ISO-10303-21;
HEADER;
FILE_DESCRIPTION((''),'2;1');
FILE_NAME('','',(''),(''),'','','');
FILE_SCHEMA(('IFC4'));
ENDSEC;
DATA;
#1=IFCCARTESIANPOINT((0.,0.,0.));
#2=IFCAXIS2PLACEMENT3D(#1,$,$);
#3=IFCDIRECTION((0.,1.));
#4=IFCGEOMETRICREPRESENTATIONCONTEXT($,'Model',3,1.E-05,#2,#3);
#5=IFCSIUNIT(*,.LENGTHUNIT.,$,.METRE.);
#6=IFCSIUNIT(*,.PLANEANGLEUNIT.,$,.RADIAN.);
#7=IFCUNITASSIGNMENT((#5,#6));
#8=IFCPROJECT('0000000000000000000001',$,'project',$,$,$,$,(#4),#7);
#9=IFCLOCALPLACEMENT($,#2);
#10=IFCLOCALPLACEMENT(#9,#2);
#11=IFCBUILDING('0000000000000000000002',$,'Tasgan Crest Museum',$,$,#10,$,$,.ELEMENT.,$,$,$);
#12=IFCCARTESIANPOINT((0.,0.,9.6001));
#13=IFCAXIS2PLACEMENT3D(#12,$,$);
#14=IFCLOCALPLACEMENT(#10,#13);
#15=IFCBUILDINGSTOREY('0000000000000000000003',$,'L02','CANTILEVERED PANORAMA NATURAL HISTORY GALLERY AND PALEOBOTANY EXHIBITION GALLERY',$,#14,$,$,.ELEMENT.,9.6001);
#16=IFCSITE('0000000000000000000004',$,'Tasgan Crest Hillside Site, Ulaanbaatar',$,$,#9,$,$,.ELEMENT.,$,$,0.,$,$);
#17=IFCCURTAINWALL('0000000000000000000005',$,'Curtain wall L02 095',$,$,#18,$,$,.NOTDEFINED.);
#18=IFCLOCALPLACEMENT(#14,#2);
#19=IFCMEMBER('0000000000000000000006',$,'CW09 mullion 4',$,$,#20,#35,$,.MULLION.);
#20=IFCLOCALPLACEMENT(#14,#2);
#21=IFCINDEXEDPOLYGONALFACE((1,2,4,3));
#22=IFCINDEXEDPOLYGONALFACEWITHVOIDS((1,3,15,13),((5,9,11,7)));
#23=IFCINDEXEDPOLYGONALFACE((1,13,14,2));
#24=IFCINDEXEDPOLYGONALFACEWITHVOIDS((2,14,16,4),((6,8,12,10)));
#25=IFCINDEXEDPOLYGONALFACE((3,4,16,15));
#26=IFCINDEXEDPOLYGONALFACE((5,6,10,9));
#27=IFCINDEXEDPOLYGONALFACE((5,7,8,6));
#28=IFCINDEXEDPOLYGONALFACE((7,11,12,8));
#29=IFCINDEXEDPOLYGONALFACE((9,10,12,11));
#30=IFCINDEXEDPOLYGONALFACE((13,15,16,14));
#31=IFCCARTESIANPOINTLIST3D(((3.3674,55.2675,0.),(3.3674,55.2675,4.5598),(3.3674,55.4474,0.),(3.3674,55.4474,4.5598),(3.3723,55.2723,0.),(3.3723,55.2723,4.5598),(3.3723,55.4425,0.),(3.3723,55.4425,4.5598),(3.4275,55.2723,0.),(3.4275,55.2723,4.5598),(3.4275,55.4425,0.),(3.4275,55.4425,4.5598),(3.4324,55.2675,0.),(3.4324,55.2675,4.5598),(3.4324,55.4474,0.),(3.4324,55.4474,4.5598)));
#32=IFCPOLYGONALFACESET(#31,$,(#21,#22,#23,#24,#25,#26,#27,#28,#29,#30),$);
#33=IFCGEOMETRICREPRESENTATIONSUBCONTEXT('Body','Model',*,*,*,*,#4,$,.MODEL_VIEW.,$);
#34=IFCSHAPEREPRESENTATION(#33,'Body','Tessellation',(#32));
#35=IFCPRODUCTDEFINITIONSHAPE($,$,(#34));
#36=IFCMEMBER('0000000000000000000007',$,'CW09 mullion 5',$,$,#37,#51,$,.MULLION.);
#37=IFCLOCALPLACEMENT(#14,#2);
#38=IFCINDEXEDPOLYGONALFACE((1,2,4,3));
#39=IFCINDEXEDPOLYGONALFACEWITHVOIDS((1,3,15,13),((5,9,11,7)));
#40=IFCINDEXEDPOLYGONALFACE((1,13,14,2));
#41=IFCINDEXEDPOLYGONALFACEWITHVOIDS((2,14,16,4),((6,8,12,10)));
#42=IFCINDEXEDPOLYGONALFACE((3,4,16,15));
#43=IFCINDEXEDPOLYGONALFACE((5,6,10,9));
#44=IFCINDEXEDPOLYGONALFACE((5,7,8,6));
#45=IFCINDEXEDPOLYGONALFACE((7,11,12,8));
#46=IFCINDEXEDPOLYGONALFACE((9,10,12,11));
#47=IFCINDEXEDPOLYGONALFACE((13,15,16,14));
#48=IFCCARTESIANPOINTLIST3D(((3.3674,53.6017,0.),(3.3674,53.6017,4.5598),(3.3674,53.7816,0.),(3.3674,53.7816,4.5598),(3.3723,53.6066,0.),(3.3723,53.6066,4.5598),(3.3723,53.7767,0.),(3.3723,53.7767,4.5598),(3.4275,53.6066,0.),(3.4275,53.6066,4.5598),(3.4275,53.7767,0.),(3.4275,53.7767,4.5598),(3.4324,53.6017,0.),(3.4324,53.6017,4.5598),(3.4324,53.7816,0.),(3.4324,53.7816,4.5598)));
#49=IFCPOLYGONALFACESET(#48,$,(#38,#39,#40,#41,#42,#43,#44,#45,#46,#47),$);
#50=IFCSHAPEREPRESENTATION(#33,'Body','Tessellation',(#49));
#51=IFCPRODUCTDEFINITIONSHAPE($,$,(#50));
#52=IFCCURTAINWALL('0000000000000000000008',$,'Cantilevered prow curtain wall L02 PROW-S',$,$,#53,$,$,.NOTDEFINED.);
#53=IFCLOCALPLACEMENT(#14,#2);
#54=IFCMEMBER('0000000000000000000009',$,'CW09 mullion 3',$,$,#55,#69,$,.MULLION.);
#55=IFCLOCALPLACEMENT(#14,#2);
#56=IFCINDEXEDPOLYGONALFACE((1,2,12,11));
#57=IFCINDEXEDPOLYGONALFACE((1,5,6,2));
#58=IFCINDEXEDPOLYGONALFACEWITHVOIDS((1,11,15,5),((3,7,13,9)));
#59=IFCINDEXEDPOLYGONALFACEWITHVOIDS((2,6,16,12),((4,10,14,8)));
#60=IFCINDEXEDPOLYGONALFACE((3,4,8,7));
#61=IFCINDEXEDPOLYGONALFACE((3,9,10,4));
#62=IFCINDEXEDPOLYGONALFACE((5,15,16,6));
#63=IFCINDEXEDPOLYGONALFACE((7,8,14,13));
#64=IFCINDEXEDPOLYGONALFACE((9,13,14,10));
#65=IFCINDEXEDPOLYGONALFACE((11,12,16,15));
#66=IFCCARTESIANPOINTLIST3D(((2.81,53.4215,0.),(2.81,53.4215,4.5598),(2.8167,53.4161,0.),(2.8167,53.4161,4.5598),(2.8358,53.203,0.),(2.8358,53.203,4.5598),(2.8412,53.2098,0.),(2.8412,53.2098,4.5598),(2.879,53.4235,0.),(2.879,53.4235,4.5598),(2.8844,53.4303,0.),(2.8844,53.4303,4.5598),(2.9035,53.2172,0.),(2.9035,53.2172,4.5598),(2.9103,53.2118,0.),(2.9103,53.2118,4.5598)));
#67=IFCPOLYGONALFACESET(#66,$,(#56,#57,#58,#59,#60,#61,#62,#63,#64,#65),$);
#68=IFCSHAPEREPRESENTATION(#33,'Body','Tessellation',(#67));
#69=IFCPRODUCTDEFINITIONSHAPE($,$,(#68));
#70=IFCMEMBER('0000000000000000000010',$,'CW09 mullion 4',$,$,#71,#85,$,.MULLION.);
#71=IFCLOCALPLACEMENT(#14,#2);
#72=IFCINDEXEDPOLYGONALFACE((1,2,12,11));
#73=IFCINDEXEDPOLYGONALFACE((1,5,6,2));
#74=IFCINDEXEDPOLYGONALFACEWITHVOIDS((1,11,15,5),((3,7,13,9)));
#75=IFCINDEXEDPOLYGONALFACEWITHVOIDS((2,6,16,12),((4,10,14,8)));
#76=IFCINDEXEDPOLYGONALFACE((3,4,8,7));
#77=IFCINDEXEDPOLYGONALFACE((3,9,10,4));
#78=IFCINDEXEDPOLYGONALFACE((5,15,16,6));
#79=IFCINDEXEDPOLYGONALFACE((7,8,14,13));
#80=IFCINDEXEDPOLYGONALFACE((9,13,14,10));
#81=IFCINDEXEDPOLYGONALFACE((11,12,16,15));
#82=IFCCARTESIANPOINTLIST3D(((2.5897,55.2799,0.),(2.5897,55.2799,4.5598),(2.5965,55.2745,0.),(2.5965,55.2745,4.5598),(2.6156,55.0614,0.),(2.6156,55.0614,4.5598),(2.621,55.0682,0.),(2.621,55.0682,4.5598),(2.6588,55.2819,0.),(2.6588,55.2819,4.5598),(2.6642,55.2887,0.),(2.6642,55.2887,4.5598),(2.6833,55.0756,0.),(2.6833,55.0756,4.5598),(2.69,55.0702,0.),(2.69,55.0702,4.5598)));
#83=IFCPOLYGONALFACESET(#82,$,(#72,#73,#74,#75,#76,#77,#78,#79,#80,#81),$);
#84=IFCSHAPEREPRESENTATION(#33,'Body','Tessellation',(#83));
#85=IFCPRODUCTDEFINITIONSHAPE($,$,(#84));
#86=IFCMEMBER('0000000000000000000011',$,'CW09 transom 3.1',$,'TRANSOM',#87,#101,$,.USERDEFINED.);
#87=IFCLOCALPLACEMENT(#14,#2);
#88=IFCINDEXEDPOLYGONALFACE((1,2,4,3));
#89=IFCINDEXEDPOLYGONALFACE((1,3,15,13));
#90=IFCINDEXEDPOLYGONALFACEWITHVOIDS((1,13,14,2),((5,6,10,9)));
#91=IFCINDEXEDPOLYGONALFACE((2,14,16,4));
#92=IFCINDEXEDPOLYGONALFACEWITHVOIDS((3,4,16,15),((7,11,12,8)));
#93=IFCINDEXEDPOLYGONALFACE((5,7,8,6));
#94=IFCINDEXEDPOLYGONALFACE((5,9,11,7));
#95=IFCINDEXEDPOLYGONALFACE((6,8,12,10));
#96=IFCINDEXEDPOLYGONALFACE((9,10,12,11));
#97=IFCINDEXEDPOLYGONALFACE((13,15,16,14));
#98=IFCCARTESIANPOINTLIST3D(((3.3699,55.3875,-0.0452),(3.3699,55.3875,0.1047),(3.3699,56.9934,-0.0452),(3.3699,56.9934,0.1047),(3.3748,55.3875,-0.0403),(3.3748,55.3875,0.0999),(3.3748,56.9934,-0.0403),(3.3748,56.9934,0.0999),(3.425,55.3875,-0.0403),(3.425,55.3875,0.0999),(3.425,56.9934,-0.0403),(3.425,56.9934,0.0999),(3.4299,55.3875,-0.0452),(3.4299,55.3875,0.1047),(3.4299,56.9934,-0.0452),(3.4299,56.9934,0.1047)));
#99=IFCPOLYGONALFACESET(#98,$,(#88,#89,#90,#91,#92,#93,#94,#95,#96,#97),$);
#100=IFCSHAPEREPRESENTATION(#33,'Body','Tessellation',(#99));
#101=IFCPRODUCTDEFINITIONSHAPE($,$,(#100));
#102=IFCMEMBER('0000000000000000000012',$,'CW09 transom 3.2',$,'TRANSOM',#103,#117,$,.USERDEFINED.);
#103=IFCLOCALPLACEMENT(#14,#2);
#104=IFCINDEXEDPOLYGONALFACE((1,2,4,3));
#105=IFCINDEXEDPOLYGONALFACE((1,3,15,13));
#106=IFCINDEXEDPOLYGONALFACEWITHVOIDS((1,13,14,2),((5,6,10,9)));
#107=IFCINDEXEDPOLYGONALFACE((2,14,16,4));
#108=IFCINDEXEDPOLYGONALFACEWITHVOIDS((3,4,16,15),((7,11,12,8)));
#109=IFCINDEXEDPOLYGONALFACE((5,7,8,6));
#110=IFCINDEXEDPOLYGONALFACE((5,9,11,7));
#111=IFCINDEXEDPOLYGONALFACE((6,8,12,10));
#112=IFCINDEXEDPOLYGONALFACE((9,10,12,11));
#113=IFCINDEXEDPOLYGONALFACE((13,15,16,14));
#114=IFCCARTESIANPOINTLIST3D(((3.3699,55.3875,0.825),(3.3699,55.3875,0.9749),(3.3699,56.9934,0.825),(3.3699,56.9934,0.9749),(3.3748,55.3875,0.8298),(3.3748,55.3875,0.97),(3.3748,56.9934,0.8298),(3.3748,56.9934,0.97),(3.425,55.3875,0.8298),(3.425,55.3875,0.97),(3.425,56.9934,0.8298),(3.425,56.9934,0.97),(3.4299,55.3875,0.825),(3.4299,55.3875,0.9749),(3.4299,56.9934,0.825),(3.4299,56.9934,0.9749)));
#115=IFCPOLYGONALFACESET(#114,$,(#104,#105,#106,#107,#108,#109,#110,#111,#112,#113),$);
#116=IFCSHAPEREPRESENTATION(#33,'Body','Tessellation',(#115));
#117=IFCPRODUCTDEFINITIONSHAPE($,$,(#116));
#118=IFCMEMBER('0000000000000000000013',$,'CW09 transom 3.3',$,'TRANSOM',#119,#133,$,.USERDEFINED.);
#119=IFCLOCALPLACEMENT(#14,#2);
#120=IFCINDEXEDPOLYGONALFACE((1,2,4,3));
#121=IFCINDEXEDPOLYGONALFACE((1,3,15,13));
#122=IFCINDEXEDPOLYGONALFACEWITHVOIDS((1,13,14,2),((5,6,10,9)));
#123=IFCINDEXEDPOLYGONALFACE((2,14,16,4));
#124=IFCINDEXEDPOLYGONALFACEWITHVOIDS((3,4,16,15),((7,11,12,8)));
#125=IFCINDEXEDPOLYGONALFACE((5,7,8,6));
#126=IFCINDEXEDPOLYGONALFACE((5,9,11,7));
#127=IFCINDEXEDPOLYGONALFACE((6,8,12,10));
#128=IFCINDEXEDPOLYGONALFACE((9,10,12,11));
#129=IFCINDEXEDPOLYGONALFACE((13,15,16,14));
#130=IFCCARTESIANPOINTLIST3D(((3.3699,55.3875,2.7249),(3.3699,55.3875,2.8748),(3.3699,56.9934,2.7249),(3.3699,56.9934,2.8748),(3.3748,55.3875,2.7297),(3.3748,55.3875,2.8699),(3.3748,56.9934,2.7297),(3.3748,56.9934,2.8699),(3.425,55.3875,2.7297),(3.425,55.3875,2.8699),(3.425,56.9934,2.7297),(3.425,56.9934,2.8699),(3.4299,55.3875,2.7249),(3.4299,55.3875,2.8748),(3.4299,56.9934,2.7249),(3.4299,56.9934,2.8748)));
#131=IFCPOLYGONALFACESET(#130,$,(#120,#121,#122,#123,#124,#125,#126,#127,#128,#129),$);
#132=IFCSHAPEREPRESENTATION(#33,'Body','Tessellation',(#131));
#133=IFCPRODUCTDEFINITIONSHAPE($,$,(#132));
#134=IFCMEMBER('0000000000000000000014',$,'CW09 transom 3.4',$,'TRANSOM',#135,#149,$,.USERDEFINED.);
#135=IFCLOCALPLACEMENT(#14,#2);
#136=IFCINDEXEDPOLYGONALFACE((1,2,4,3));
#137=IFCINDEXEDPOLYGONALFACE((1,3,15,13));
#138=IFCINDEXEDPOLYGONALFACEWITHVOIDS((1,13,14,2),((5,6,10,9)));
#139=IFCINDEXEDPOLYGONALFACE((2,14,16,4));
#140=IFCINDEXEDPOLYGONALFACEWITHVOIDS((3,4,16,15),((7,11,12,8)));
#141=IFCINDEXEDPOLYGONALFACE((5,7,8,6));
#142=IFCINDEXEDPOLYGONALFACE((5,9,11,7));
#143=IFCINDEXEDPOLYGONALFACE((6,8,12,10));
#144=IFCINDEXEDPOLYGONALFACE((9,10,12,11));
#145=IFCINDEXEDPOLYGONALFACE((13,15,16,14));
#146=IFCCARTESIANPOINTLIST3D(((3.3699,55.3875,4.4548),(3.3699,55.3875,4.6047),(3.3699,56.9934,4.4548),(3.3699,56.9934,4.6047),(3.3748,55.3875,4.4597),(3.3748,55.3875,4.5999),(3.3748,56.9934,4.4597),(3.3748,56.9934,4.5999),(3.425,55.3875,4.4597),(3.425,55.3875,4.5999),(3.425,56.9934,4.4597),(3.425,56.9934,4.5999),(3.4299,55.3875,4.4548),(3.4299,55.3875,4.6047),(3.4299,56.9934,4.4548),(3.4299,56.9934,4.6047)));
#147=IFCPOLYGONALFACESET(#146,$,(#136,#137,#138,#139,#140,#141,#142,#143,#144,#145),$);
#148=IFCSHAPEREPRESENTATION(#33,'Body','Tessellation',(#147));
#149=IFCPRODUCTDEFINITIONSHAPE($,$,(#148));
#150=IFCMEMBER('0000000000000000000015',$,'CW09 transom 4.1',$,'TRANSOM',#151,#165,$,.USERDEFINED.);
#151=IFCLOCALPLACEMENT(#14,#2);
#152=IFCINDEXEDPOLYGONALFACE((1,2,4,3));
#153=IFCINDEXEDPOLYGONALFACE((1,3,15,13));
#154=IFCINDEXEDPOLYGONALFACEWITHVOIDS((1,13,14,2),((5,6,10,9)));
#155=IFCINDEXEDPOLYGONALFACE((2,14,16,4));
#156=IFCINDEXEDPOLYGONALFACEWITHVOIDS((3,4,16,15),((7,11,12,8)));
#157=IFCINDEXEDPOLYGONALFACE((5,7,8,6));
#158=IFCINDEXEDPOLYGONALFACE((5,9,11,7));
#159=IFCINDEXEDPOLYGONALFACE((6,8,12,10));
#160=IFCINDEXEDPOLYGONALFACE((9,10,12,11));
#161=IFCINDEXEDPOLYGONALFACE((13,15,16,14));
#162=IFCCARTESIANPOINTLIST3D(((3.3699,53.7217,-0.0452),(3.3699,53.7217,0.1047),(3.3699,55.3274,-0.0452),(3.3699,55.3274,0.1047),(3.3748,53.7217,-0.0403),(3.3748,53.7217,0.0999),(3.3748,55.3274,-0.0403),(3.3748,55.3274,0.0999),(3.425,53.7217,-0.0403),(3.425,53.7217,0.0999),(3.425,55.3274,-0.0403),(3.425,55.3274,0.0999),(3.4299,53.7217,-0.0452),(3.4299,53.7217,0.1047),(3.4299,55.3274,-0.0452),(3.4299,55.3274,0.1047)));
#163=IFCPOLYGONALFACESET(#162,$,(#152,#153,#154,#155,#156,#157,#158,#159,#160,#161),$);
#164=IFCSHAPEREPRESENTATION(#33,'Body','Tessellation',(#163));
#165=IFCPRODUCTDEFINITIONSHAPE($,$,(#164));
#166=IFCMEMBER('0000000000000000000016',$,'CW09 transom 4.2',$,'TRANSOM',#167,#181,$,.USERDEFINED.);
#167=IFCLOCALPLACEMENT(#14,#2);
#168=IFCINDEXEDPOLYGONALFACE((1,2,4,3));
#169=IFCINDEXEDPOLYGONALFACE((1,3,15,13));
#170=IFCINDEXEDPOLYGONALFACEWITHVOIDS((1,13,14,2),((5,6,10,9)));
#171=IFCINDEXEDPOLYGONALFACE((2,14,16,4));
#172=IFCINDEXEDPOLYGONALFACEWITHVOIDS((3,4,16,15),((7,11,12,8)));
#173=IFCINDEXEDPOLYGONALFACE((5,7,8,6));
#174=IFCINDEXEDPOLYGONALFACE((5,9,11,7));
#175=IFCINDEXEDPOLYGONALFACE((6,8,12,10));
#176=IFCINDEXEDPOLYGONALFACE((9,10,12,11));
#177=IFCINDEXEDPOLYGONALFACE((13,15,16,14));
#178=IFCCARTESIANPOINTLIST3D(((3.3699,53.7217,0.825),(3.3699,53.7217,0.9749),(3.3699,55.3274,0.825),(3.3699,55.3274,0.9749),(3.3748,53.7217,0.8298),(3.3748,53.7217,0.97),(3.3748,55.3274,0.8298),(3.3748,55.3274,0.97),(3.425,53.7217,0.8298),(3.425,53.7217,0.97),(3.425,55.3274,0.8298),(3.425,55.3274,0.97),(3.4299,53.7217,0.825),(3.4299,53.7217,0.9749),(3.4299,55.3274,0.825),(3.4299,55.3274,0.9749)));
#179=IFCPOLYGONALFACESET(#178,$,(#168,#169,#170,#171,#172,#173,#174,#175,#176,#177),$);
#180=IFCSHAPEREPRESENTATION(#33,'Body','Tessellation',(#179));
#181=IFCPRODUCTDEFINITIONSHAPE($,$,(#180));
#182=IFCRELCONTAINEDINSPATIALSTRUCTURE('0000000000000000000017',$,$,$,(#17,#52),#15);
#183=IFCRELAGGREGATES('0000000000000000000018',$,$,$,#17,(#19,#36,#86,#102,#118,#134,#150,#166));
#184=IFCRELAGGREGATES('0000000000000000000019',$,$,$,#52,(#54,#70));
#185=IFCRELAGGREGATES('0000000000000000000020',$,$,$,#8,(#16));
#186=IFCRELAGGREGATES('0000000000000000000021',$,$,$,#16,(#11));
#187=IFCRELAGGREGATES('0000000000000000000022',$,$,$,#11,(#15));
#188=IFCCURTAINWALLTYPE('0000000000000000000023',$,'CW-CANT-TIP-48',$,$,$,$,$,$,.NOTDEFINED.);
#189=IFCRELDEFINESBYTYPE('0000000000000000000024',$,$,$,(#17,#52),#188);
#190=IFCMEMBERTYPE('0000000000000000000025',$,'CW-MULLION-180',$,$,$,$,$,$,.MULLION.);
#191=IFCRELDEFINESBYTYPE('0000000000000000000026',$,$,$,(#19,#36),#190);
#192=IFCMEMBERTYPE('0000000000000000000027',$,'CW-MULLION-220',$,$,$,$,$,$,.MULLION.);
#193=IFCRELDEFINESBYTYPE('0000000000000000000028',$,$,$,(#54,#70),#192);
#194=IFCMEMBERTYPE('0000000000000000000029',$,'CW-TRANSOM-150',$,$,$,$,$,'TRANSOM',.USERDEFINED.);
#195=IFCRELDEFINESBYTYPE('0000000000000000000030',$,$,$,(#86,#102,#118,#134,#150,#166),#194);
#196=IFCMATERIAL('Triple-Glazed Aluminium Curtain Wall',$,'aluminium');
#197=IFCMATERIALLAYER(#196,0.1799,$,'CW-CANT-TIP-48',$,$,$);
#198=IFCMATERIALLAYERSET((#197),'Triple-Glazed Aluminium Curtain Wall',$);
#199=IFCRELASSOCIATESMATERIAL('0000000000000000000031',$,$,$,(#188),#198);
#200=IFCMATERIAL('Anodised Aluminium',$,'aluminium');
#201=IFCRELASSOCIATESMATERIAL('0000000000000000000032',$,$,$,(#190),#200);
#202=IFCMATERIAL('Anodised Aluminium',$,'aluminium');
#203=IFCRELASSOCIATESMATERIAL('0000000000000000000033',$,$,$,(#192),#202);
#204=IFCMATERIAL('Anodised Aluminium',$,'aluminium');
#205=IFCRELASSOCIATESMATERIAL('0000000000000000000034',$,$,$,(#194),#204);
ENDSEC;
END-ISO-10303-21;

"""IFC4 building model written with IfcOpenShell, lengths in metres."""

from ifc_helpers import new_model, si_unit, direction, frame, origin, origin_2d, place, context, subcontext, project, spatial, hollow_rectangle, extrude, material, layer, layer_set, material_profile, profile_set, type_object, element, aggregate, save


model = new_model("IFC4")

# Units and contexts
model_context = context("Model", 3, precision=1e-05, world=origin(), true_north=direction((0.0, 1.0)))
body_context = subcontext(model_context, "Body", "Model", "MODEL_VIEW")
ifc_project = project(units=[si_unit("LENGTHUNIT", "METRE"), si_unit("PLANEANGLEUNIT", "RADIAN")], contexts=[model_context])

# Site, building, storey
site_placement = place(None, origin())
site = spatial("IfcSite", under=ifc_project, at=site_placement, Name="Tasgan Crest Hillside Site, Ulaanbaatar", CompositionType="ELEMENT", RefElevation=0.0)
building_placement = place(site_placement, origin())
building = spatial("IfcBuilding", under=site, at=building_placement, Name="Tasgan Crest Museum", CompositionType="ELEMENT")
storey_placement = place(building_placement, frame((0.0, 0.0, 9.6001)))
storey = spatial("IfcBuildingStorey", under=building, at=storey_placement, Name="L02", Description="CANTILEVERED PANORAMA NATURAL HISTORY GALLERY AND PALEOBOTANY EXHIBITION GALLERY", CompositionType="ELEMENT", Elevation=9.6001)

# Curtain walls, members
ifc_material_1 = material(Name="Triple-Glazed Aluminium Curtain Wall", Category="aluminium")
ifc_layer_1 = layer(ifc_material_1, 0.1799, Name="CW-CANT-TIP-48")
ifc_layer_set_1 = layer_set([ifc_layer_1], Name="Triple-Glazed Aluminium Curtain Wall")
curtain_wall_type = type_object("IfcCurtainWallType", Name="CW-CANT-TIP-48", PredefinedType="NOTDEFINED", material=ifc_layer_set_1)
curtain_wall_1_placement = place(storey_placement, origin())
curtain_wall_1 = element("IfcCurtainWall", 1, at=curtain_wall_1_placement, inside=storey, type_object=curtain_wall_type, Name="Curtain wall L02 095", PredefinedType="NOTDEFINED")
ifc_material_2 = material(Name="Anodised Aluminium", Category="aluminium")
ifc_material_profile_1 = material_profile(ifc_material_2, hollow_rectangle(XDim=0.0649, YDim=0.1799, WallThickness=0.0049, at=origin_2d()), Name="ALU MULLION 180x65x5")
ifc_profile_set_1 = profile_set([ifc_material_profile_1], Name="Anodised Aluminium")
member_type_1 = type_object("IfcMemberType", Name="CW-MULLION-180", PredefinedType="MULLION", material=ifc_profile_set_1)
member_1_placement = place(storey_placement, frame((3.3999, 55.3574, 0.0), z_axis=(0.0, 0.0, 1.0), x_axis=(1.0, 0.0, 0.0)))
member_1 = element("IfcMember", 2, at=member_1_placement, type_object=member_type_1, Name="CW09 mullion 4", PredefinedType="MULLION", context=body_context, shape_type="SweptSolid", body=[
    extrude(hollow_rectangle(XDim=0.0649, YDim=0.1799, WallThickness=0.0049, at=origin_2d()), origin(), (0.0, 0.0, 1.0), 4.5598),
])
member_2_placement = place(storey_placement, frame((3.3999, 53.6917, 0.0), z_axis=(0.0, 0.0, 1.0), x_axis=(1.0, 0.0, 0.0)))
member_2 = element("IfcMember", 3, at=member_2_placement, type_object=member_type_1, Name="CW09 mullion 5", PredefinedType="MULLION", context=body_context, shape_type="SweptSolid", body=[
    extrude(hollow_rectangle(XDim=0.0649, YDim=0.1799, WallThickness=0.0049, at=origin_2d()), origin(), (0.0, 0.0, 1.0), 4.5598),
])
curtain_wall_2_placement = place(storey_placement, origin())
curtain_wall_2 = element("IfcCurtainWall", 4, at=curtain_wall_2_placement, inside=storey, type_object=curtain_wall_type, Name="Cantilevered prow curtain wall L02 PROW-S", PredefinedType="NOTDEFINED")
ifc_material_3 = material(Name="Anodised Aluminium", Category="aluminium")
ifc_material_profile_2 = material_profile(ifc_material_3, hollow_rectangle(XDim=0.075, YDim=0.22, WallThickness=0.0061, at=origin_2d()), Name="ALU MULLION 220x75x6")
ifc_profile_set_2 = profile_set([ifc_material_profile_2], Name="Anodised Aluminium")
member_type_2 = type_object("IfcMemberType", Name="CW-MULLION-220", PredefinedType="MULLION", material=ifc_profile_set_2)
member_3_placement = place(storey_placement, frame((2.8601, 53.3167, 0.0), z_axis=(0.0, 0.0, 1.0), x_axis=(-0.993065, -0.117565, 0.0)))
member_3 = element("IfcMember", 5, at=member_3_placement, type_object=member_type_2, Name="CW09 mullion 3", PredefinedType="MULLION", context=body_context, shape_type="SweptSolid", body=[
    extrude(hollow_rectangle(XDim=0.075, YDim=0.22, WallThickness=0.0061, at=origin_2d()), origin(), (0.0, 0.0, 1.0), 4.5598),
])
member_4_placement = place(storey_placement, frame((2.6399, 55.175, 0.0), z_axis=(0.0, 0.0, 1.0), x_axis=(-0.993065, -0.117565, 0.0)))
member_4 = element("IfcMember", 6, at=member_4_placement, type_object=member_type_2, Name="CW09 mullion 4", PredefinedType="MULLION", context=body_context, shape_type="SweptSolid", body=[
    extrude(hollow_rectangle(XDim=0.075, YDim=0.22, WallThickness=0.0061, at=origin_2d()), origin(), (0.0, 0.0, 1.0), 4.5598),
])

# Members
ifc_material_4 = material(Name="Anodised Aluminium", Category="aluminium")
ifc_material_profile_3 = material_profile(ifc_material_4, hollow_rectangle(XDim=0.0601, YDim=0.1499, WallThickness=0.0049, at=origin_2d()), Name="ALU TRANSOM 150x60x5")
ifc_profile_set_3 = profile_set([ifc_material_profile_3], Name="Anodised Aluminium")
member_type_3 = type_object("IfcMemberType", Name="CW-TRANSOM-150", ElementType="TRANSOM", PredefinedType="USERDEFINED", material=ifc_profile_set_3)
member_5_placement = place(storey_placement, frame((3.3999, 56.9934, 0.0298), z_axis=(0.0, -1.0, 0.0), x_axis=(1.0, 0.0, 0.0)))
member_5 = element("IfcMember", 7, at=member_5_placement, type_object=member_type_3, Name="CW09 transom 3.1", ObjectType="TRANSOM", PredefinedType="USERDEFINED", context=body_context, shape_type="SweptSolid", body=[
    extrude(hollow_rectangle(XDim=0.0601, YDim=0.1499, WallThickness=0.0049, at=origin_2d()), origin(), (0.0, 0.0, 1.0), 1.606),
])
member_6_placement = place(storey_placement, frame((3.3999, 56.9934, 0.8999), z_axis=(0.0, -1.0, 0.0), x_axis=(1.0, 0.0, 0.0)))
member_6 = element("IfcMember", 8, at=member_6_placement, type_object=member_type_3, Name="CW09 transom 3.2", ObjectType="TRANSOM", PredefinedType="USERDEFINED", context=body_context, shape_type="SweptSolid", body=[
    extrude(hollow_rectangle(XDim=0.0601, YDim=0.1499, WallThickness=0.0049, at=origin_2d()), origin(), (0.0, 0.0, 1.0), 1.606),
])
member_7_placement = place(storey_placement, frame((3.3999, 56.9934, 2.7998), z_axis=(0.0, -1.0, 0.0), x_axis=(1.0, 0.0, 0.0)))
member_7 = element("IfcMember", 9, at=member_7_placement, type_object=member_type_3, Name="CW09 transom 3.3", ObjectType="TRANSOM", PredefinedType="USERDEFINED", context=body_context, shape_type="SweptSolid", body=[
    extrude(hollow_rectangle(XDim=0.0601, YDim=0.1499, WallThickness=0.0049, at=origin_2d()), origin(), (0.0, 0.0, 1.0), 1.606),
])
member_8_placement = place(storey_placement, frame((3.3999, 56.9934, 4.5298), z_axis=(0.0, -1.0, 0.0), x_axis=(1.0, 0.0, 0.0)))
member_8 = element("IfcMember", 10, at=member_8_placement, type_object=member_type_3, Name="CW09 transom 3.4", ObjectType="TRANSOM", PredefinedType="USERDEFINED", context=body_context, shape_type="SweptSolid", body=[
    extrude(hollow_rectangle(XDim=0.0601, YDim=0.1499, WallThickness=0.0049, at=origin_2d()), origin(), (0.0, 0.0, 1.0), 1.606),
])
member_9_placement = place(storey_placement, frame((3.3999, 55.3274, 0.0298), z_axis=(0.0, -1.0, 0.0), x_axis=(1.0, 0.0, 0.0)))
member_9 = element("IfcMember", 11, at=member_9_placement, type_object=member_type_3, Name="CW09 transom 4.1", ObjectType="TRANSOM", PredefinedType="USERDEFINED", context=body_context, shape_type="SweptSolid", body=[
    extrude(hollow_rectangle(XDim=0.0601, YDim=0.1499, WallThickness=0.0049, at=origin_2d()), origin(), (0.0, 0.0, 1.0), 1.6057),
])
member_10_placement = place(storey_placement, frame((3.3999, 55.3274, 0.8999), z_axis=(0.0, -1.0, 0.0), x_axis=(1.0, 0.0, 0.0)))
member_10 = element("IfcMember", 12, at=member_10_placement, type_object=member_type_3, Name="CW09 transom 4.2", ObjectType="TRANSOM", PredefinedType="USERDEFINED", context=body_context, shape_type="SweptSolid", body=[
    extrude(hollow_rectangle(XDim=0.0601, YDim=0.1499, WallThickness=0.0049, at=origin_2d()), origin(), (0.0, 0.0, 1.0), 1.6057),
])

aggregate(curtain_wall_1, [member_1, member_2, member_5, member_6, member_7, member_8, member_9, member_10])
aggregate(curtain_wall_2, [member_3, member_4])

save(model, "model.ifc")
